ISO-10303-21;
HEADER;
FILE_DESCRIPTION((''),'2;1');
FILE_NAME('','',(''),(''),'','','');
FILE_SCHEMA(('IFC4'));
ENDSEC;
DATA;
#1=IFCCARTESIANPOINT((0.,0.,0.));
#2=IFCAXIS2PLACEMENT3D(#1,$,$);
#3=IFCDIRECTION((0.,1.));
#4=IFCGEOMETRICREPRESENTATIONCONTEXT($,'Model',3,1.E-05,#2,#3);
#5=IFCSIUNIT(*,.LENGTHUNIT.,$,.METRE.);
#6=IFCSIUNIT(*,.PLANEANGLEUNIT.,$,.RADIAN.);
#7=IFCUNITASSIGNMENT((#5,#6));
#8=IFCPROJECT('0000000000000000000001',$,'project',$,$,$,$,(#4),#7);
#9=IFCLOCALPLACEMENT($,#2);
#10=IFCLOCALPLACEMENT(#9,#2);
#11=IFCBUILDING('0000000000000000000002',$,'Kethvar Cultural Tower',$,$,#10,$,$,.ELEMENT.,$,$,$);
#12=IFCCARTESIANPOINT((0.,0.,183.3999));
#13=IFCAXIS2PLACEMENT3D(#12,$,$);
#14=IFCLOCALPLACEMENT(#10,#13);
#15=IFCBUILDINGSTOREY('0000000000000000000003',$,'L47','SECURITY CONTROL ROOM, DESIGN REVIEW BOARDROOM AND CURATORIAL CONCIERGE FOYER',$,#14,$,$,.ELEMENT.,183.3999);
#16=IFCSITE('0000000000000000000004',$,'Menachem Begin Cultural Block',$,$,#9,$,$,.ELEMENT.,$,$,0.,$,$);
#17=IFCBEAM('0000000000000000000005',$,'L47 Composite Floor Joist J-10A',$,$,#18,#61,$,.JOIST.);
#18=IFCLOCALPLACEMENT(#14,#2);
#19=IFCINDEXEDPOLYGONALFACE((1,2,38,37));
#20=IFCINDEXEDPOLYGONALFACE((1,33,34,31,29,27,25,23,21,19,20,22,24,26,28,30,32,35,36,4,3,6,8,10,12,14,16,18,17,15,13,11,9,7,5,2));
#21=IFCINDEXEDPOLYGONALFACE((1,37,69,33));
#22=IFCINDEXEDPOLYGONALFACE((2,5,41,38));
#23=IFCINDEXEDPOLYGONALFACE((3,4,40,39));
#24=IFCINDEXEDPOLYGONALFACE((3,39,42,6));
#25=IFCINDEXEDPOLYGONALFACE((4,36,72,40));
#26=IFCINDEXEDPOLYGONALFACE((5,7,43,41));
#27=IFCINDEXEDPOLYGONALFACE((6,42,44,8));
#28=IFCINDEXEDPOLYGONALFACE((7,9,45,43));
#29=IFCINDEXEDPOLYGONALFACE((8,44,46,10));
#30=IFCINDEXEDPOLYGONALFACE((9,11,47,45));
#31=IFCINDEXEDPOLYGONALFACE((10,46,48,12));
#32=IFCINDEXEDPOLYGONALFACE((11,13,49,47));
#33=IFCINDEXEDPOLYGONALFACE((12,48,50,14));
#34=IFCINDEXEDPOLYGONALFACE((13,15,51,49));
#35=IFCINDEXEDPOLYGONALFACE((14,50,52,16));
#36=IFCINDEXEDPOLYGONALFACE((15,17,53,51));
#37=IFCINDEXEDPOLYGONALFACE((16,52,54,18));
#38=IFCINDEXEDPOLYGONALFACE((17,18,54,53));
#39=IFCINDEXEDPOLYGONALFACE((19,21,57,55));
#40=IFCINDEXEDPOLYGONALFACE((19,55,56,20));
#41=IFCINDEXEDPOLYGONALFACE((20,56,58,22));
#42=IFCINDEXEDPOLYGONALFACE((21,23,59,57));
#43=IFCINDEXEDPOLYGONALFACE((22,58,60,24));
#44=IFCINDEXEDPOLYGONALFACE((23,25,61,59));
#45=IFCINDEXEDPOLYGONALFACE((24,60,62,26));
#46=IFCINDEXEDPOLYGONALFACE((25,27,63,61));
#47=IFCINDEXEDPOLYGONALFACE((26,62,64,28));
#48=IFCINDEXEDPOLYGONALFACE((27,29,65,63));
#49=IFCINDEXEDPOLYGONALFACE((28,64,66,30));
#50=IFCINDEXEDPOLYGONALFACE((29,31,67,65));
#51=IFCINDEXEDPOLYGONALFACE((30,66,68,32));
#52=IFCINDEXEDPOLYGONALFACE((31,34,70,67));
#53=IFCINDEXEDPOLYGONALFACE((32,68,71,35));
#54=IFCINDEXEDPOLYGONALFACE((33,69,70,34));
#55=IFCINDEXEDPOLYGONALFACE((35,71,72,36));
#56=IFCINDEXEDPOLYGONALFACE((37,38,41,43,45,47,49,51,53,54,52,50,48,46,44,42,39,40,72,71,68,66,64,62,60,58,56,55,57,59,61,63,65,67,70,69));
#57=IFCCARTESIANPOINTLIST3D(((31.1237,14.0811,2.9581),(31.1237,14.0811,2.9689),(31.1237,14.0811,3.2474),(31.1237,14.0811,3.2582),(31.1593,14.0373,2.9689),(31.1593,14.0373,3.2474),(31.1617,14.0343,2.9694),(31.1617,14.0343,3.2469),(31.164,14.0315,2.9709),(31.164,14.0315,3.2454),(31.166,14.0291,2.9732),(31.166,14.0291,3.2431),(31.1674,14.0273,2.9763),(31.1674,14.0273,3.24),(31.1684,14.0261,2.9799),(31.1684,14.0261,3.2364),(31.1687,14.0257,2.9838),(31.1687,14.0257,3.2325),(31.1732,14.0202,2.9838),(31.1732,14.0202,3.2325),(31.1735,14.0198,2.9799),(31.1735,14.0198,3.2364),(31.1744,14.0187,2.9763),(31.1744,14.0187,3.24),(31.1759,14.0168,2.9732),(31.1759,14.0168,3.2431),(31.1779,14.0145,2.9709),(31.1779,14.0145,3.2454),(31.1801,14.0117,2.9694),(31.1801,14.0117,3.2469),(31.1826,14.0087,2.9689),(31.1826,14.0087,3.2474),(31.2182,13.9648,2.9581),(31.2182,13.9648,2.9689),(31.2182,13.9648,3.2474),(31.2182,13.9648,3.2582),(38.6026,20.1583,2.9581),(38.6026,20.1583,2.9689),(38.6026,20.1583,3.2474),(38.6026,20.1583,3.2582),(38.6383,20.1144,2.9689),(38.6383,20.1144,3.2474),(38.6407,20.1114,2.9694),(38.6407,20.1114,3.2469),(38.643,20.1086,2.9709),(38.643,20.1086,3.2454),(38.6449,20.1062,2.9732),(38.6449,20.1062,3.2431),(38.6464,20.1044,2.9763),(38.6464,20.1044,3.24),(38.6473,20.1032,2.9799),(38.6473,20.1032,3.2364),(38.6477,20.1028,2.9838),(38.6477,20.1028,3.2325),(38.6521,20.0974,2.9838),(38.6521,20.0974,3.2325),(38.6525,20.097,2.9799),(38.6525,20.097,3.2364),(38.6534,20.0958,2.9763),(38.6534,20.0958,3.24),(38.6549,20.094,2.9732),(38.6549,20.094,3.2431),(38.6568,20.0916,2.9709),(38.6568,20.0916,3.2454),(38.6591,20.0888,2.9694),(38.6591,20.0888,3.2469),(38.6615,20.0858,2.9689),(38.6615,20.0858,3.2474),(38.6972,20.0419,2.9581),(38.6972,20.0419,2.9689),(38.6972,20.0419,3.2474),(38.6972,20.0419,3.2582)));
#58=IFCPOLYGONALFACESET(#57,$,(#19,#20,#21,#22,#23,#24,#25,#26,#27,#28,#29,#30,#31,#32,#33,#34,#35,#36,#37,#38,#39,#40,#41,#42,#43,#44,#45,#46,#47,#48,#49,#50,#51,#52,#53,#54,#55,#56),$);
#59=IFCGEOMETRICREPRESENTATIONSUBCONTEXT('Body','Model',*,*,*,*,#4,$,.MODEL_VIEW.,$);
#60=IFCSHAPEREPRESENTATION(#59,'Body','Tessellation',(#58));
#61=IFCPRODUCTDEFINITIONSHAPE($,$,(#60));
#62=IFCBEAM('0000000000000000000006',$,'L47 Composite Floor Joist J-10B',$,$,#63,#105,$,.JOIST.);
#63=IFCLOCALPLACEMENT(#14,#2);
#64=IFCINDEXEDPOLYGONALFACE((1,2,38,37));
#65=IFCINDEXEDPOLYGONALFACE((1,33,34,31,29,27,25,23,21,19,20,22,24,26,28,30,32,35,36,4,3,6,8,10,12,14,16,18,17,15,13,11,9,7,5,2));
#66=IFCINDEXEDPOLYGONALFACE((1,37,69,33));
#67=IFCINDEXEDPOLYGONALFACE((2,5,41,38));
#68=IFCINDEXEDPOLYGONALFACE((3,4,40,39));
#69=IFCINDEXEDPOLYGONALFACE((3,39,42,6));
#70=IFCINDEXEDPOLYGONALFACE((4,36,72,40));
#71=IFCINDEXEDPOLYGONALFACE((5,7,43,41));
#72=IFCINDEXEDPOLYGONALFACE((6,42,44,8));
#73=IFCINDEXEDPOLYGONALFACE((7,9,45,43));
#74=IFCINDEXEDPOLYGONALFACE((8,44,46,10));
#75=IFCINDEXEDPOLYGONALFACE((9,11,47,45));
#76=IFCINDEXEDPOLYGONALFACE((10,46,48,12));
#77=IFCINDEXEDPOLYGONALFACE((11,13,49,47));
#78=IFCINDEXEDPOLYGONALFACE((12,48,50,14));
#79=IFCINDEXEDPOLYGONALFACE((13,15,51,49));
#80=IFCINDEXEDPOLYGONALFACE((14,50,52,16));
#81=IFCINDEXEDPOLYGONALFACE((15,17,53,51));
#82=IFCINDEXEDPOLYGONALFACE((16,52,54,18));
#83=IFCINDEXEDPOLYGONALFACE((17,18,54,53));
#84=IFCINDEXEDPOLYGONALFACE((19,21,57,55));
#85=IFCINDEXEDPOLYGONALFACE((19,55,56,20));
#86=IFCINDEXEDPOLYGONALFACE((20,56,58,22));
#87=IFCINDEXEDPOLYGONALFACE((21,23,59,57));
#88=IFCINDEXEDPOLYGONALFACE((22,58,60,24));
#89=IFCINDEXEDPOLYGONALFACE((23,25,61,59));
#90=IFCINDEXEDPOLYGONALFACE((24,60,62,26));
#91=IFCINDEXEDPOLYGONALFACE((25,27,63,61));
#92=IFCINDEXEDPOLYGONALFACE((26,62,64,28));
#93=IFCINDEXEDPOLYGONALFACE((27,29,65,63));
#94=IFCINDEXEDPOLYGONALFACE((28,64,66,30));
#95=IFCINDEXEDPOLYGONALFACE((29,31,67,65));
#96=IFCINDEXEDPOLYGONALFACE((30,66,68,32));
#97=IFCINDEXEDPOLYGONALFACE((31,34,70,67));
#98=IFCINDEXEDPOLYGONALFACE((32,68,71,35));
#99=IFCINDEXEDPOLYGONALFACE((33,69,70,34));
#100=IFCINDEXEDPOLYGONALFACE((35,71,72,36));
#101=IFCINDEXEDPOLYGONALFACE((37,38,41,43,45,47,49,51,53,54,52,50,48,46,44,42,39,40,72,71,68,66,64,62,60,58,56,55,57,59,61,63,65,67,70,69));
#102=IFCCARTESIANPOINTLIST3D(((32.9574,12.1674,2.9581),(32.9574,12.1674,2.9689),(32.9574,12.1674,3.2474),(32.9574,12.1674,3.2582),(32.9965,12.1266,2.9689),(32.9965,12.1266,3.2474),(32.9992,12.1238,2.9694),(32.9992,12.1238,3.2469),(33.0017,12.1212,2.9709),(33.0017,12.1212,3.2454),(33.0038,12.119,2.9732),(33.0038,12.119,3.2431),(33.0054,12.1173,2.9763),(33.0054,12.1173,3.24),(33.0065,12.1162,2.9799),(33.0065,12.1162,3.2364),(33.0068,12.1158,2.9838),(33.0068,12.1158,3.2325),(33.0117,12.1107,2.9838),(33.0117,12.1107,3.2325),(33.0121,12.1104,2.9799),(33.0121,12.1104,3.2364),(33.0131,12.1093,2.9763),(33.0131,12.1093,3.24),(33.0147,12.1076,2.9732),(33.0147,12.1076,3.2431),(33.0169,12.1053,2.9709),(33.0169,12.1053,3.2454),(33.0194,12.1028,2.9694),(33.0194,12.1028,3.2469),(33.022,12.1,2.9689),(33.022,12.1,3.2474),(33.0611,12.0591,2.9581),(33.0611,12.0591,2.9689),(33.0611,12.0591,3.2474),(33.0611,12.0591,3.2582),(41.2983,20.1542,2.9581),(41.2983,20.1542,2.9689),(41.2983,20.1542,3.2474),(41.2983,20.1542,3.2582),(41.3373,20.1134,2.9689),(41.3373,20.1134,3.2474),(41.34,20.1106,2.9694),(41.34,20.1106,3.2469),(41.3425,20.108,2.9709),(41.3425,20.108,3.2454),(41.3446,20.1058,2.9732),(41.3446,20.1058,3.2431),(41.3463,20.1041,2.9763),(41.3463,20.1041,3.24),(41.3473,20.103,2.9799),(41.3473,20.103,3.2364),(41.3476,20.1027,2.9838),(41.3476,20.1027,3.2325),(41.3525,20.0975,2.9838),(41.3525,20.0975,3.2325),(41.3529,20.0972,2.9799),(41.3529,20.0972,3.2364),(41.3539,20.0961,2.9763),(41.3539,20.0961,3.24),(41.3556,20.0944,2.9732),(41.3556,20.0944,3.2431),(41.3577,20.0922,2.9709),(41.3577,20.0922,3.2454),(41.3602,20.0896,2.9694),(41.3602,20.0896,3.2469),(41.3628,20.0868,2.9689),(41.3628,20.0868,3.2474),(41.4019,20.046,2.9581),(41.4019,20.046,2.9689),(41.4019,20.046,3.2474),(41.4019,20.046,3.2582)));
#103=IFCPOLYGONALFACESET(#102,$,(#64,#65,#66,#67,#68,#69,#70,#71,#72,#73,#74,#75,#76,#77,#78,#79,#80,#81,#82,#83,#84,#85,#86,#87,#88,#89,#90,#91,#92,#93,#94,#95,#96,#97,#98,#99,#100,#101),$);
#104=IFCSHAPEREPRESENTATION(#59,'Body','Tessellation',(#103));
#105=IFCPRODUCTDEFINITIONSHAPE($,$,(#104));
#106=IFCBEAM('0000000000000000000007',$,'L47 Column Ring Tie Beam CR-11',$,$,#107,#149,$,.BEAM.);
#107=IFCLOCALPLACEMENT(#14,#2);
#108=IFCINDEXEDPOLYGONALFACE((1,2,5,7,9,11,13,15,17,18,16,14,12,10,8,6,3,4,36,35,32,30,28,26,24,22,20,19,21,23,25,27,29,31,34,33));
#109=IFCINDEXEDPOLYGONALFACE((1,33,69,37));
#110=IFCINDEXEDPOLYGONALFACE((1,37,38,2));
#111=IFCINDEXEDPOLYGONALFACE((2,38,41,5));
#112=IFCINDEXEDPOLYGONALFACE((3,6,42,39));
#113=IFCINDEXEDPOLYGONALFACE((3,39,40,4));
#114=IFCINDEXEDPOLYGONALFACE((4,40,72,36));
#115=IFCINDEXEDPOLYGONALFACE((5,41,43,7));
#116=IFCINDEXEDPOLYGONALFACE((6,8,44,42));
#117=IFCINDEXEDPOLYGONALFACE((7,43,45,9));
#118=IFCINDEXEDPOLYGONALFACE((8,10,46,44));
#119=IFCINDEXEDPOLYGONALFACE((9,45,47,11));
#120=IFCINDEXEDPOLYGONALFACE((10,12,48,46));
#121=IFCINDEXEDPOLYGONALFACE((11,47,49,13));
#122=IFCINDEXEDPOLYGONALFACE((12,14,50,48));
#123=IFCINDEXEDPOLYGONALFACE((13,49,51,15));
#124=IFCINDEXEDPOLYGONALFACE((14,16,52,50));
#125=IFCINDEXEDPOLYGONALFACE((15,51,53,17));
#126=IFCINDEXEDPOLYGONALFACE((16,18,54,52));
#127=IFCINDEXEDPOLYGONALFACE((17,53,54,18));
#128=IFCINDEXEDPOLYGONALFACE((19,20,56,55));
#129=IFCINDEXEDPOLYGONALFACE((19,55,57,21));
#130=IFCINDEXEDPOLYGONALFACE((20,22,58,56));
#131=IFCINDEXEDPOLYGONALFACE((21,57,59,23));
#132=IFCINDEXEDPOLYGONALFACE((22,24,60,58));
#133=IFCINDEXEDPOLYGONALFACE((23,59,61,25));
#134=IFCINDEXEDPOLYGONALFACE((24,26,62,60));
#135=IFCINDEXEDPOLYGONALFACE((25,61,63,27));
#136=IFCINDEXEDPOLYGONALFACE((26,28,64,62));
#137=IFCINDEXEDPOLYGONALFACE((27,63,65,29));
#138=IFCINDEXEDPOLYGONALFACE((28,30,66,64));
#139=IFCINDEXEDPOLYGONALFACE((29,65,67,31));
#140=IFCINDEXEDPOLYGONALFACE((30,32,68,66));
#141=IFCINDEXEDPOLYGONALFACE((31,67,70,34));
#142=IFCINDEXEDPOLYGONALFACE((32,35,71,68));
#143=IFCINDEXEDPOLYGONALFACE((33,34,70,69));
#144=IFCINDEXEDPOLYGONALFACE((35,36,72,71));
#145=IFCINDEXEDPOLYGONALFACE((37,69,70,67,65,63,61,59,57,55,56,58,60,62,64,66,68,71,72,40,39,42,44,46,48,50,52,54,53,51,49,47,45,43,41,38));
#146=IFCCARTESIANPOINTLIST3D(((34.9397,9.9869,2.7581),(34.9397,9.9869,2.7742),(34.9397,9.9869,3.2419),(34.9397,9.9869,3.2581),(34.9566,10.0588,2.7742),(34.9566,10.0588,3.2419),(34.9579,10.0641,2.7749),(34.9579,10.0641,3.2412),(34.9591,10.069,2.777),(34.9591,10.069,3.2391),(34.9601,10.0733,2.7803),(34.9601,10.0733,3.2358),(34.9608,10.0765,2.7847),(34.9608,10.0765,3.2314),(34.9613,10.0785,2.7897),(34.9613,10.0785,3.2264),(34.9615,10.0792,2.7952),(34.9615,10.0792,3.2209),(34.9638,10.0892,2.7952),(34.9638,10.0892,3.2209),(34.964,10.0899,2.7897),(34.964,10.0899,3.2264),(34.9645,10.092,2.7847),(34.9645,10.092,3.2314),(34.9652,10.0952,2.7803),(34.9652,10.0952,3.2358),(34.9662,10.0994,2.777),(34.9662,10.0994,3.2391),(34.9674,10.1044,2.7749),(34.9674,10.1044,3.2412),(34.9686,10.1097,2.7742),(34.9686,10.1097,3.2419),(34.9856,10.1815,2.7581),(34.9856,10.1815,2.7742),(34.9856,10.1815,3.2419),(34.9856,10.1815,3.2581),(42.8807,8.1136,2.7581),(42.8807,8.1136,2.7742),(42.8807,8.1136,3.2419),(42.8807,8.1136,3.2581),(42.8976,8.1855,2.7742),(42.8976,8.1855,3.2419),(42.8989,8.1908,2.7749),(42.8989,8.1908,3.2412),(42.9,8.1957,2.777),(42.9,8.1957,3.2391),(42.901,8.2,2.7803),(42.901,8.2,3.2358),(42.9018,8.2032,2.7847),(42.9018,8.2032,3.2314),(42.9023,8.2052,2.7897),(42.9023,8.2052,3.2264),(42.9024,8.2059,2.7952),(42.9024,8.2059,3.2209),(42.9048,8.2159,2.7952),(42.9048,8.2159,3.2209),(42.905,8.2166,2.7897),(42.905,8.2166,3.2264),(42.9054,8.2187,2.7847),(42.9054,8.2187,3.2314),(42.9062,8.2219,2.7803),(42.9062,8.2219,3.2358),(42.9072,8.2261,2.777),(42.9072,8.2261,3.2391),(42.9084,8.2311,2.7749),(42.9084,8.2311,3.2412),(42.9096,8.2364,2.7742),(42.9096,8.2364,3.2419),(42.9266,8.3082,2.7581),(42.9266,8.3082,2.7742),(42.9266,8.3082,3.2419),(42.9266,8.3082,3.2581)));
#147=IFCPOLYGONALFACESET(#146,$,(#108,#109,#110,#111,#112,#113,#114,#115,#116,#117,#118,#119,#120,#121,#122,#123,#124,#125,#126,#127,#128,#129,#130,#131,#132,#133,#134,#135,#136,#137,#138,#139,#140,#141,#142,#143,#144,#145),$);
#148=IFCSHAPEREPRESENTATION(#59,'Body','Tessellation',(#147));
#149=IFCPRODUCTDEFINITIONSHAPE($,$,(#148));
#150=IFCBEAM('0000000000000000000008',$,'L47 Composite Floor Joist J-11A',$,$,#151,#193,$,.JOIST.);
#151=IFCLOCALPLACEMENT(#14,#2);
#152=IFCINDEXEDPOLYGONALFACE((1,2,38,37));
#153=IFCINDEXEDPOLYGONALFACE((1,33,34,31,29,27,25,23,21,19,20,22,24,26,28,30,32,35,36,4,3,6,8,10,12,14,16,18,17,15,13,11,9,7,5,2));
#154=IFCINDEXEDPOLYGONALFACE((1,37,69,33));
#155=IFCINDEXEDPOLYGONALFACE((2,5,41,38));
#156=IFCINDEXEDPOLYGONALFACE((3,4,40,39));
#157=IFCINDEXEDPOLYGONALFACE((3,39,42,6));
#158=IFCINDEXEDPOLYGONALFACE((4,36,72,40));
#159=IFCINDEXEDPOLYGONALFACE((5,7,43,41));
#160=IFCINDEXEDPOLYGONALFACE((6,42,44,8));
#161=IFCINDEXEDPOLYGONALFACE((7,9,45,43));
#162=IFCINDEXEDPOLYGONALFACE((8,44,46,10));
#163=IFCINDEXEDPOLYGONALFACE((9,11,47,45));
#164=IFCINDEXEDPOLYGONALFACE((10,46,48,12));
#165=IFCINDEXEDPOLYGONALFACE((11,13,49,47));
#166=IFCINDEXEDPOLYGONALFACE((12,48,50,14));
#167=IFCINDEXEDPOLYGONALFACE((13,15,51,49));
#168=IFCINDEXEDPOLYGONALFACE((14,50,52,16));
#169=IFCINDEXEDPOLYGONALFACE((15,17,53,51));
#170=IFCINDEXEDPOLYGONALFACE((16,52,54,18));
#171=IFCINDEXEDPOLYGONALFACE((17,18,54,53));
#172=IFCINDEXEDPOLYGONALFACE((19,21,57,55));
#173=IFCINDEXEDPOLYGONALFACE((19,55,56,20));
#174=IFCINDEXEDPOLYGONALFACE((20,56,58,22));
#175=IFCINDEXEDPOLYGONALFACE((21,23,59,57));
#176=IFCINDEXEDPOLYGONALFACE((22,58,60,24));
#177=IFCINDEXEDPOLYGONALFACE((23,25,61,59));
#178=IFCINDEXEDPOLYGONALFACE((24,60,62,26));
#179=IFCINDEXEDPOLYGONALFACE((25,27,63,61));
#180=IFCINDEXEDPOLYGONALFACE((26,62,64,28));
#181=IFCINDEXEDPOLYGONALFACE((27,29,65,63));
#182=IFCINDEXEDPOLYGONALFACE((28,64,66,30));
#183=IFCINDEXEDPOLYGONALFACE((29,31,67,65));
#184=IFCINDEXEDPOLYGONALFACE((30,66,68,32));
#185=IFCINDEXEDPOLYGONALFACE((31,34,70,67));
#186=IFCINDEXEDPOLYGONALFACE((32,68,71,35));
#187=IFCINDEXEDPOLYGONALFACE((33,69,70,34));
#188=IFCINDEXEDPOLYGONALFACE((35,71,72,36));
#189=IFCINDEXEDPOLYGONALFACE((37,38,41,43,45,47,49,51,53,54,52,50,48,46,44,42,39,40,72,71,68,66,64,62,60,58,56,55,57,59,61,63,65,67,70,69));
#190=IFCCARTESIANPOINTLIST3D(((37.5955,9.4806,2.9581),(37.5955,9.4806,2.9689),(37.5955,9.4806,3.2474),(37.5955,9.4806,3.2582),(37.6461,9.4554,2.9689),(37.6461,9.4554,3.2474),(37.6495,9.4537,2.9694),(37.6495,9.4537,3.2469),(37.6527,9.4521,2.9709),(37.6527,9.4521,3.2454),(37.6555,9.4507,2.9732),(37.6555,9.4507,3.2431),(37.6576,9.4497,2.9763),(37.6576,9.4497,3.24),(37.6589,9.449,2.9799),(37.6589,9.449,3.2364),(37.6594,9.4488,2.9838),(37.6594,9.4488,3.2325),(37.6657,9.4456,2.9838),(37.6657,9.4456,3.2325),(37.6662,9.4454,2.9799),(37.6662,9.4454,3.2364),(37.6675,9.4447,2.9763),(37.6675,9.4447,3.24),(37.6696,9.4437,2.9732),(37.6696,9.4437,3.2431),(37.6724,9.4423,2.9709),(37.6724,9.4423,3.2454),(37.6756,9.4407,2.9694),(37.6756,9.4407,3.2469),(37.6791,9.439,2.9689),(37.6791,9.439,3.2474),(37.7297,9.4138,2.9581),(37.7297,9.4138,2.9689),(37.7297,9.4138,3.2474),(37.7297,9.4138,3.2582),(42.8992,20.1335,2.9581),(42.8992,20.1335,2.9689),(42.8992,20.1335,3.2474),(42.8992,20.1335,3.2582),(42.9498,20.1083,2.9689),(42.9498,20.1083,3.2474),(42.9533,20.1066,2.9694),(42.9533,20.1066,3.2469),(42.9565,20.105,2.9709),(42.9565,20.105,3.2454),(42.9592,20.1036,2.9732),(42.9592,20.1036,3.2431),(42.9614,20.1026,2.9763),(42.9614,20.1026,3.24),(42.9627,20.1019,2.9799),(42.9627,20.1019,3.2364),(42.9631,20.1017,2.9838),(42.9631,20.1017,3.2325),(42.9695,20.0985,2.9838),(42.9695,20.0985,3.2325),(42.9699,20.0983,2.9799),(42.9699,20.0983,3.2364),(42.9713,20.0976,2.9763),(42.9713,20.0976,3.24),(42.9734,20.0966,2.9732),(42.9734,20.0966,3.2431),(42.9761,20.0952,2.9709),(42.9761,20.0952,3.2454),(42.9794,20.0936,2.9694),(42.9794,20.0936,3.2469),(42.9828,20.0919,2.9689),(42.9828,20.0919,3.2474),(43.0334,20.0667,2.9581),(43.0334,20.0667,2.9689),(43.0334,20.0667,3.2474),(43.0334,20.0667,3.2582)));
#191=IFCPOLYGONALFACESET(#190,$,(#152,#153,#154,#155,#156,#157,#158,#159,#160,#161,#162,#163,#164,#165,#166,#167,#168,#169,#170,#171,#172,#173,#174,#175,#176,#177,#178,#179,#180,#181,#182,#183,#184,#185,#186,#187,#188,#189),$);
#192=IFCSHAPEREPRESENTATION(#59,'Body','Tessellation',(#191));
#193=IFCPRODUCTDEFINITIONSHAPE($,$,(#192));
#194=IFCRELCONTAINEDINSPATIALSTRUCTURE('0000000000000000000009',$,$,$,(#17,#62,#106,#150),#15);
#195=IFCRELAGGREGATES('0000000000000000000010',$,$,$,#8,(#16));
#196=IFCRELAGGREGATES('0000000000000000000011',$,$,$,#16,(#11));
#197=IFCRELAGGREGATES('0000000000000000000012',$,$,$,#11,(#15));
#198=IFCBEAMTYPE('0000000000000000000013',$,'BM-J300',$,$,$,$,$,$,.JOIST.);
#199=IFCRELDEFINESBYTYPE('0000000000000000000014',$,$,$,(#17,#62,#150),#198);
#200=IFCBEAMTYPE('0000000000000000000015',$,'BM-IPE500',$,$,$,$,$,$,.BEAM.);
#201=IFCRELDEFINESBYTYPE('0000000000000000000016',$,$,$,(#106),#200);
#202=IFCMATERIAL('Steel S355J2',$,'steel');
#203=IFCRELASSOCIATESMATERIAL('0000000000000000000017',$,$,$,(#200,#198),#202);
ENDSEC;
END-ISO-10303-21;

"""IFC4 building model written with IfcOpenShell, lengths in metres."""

from ifc_helpers import new_model, si_unit, direction, frame, origin, origin_2d, place, context, subcontext, project, spatial, i_section, extrude, source, transform, mapped, material, material_profile, profile_set, type_object, element, save


model = new_model("IFC4")

# Units and contexts
model_context = context("Model", 3, precision=1e-05, world=origin(), true_north=direction((0.0, 1.0)))
body_context = subcontext(model_context, "Body", "Model", "MODEL_VIEW")
ifc_project = project(units=[si_unit("LENGTHUNIT", "METRE"), si_unit("PLANEANGLEUNIT", "RADIAN")], contexts=[model_context])

# Site, building, storey
site_placement = place(None, origin())
site = spatial("IfcSite", under=ifc_project, at=site_placement, Name="Menachem Begin Cultural Block", CompositionType="ELEMENT", RefElevation=0.0)
building_placement = place(site_placement, origin())
building = spatial("IfcBuilding", under=site, at=building_placement, Name="Kethvar Cultural Tower", CompositionType="ELEMENT")
storey_placement = place(building_placement, frame((0.0, 0.0, 183.3999)))
storey = spatial("IfcBuildingStorey", under=building, at=storey_placement, Name="L47", Description="SECURITY CONTROL ROOM, DESIGN REVIEW BOARDROOM AND CURATORIAL CONCIERGE FOYER", CompositionType="ELEMENT", Elevation=183.3999)

# Beams
ifc_material_1 = material(Name="Steel S355J2", Category="steel")
ifc_material_profile_1 = material_profile(ifc_material_1, i_section(OverallWidth=0.2, OverallDepth=0.5, WebThickness=0.0103, FlangeThickness=0.0161, FilletRadius=0.021, at=origin_2d()), Name="Steel S355J2 — IPE500")
ifc_profile_set_1 = profile_set([ifc_material_profile_1], Name="Steel S355J2 — IPE500")
beam_type_1 = type_object("IfcBeamType", Name="BM-IPE500", PredefinedType="BEAM", material=ifc_profile_set_1)
ifc_material_profile_2 = material_profile(ifc_material_1, i_section(OverallWidth=0.1499, OverallDepth=0.3, WebThickness=0.0071, FlangeThickness=0.0107, FilletRadius=0.0149, at=origin_2d()), Name="Steel S355J2 — IPE300")
ifc_profile_set_2 = profile_set([ifc_material_profile_2], Name="Steel S355J2 — IPE300")
beam_type_2 = type_object("IfcBeamType", Name="BM-J300", PredefinedType="JOIST", material=ifc_profile_set_2)
shared_shape_1 = source(origin(), body_context, "Body", "SweptSolid", [
    extrude(i_section(OverallWidth=0.1499, OverallDepth=0.3, WebThickness=0.0071, FlangeThickness=0.0107, FilletRadius=0.0149, at=origin_2d()), origin(), (0.0, 0.0, 1.0), 9.6367),
])
beam_1_placement = place(storey_placement, frame((38.6499, 20.1001, 3.1082), z_axis=(-0.776091, -0.630621, 0.0), x_axis=(0.630621, -0.776091, 0.0)))
element("IfcBeam", 1, at=beam_1_placement, inside=storey, type_object=beam_type_2, Name="L47 Composite Floor Joist J-10A", PredefinedType="JOIST", context=body_context, shape_type="MappedRepresentation", body=[
    mapped(shared_shape_1, transform((0.0, 0.0, 0.0), scale=1.0)),
])
shared_shape_2 = source(origin(), body_context, "Body", "SweptSolid", [
    extrude(i_section(OverallWidth=0.1499, OverallDepth=0.3, WebThickness=0.0071, FlangeThickness=0.0107, FilletRadius=0.0149, at=origin_2d()), origin(), (0.0, 0.0, 1.0), 11.5481),
])
beam_2_placement = place(storey_placement, frame((41.3501, 20.1001, 3.1082), z_axis=(-0.722268, -0.691613, 0.0), x_axis=(0.691613, -0.722268, 0.0)))
element("IfcBeam", 2, at=beam_2_placement, inside=storey, type_object=beam_type_2, Name="L47 Composite Floor Joist J-10B", PredefinedType="JOIST", context=body_context, shape_type="MappedRepresentation", body=[
    mapped(shared_shape_2, transform((0.0, 0.0, 0.0), scale=1.0)),
])
shared_shape_3 = source(origin(), body_context, "Body", "SweptSolid", [
    extrude(i_section(OverallWidth=0.2, OverallDepth=0.5, WebThickness=0.0103, FlangeThickness=0.0161, FilletRadius=0.021, at=origin_2d()), origin(), (0.0, 0.0, 1.0), 8.1589),
])
beam_3_placement = place(storey_placement, frame((34.9626, 10.0842, 3.0081), z_axis=(0.973285, -0.229601, 0.0), x_axis=(0.229601, 0.973285, 0.0)))
element("IfcBeam", 3, at=beam_3_placement, inside=storey, type_object=beam_type_1, Name="L47 Column Ring Tie Beam CR-11", PredefinedType="BEAM", context=body_context, shape_type="MappedRepresentation", body=[
    mapped(shared_shape_3, transform((0.0, 0.0, 0.0), scale=1.0)),
])
shared_shape_4 = source(origin(), body_context, "Body", "SweptSolid", [
    extrude(i_section(OverallWidth=0.1499, OverallDepth=0.3, WebThickness=0.0071, FlangeThickness=0.0107, FilletRadius=0.0149, at=origin_2d()), origin(), (0.0, 0.0, 1.0), 11.9001),
])
beam_4_placement = place(storey_placement, frame((42.9663, 20.1001, 3.1082), z_axis=(-0.445687, -0.895189, 0.0), x_axis=(0.895189, -0.445687, 0.0)))
element("IfcBeam", 4, at=beam_4_placement, inside=storey, type_object=beam_type_2, Name="L47 Composite Floor Joist J-11A", PredefinedType="JOIST", context=body_context, shape_type="MappedRepresentation", body=[
    mapped(shared_shape_4, transform((0.0, 0.0, 0.0), scale=1.0)),
])

save(model, "model.ifc")
